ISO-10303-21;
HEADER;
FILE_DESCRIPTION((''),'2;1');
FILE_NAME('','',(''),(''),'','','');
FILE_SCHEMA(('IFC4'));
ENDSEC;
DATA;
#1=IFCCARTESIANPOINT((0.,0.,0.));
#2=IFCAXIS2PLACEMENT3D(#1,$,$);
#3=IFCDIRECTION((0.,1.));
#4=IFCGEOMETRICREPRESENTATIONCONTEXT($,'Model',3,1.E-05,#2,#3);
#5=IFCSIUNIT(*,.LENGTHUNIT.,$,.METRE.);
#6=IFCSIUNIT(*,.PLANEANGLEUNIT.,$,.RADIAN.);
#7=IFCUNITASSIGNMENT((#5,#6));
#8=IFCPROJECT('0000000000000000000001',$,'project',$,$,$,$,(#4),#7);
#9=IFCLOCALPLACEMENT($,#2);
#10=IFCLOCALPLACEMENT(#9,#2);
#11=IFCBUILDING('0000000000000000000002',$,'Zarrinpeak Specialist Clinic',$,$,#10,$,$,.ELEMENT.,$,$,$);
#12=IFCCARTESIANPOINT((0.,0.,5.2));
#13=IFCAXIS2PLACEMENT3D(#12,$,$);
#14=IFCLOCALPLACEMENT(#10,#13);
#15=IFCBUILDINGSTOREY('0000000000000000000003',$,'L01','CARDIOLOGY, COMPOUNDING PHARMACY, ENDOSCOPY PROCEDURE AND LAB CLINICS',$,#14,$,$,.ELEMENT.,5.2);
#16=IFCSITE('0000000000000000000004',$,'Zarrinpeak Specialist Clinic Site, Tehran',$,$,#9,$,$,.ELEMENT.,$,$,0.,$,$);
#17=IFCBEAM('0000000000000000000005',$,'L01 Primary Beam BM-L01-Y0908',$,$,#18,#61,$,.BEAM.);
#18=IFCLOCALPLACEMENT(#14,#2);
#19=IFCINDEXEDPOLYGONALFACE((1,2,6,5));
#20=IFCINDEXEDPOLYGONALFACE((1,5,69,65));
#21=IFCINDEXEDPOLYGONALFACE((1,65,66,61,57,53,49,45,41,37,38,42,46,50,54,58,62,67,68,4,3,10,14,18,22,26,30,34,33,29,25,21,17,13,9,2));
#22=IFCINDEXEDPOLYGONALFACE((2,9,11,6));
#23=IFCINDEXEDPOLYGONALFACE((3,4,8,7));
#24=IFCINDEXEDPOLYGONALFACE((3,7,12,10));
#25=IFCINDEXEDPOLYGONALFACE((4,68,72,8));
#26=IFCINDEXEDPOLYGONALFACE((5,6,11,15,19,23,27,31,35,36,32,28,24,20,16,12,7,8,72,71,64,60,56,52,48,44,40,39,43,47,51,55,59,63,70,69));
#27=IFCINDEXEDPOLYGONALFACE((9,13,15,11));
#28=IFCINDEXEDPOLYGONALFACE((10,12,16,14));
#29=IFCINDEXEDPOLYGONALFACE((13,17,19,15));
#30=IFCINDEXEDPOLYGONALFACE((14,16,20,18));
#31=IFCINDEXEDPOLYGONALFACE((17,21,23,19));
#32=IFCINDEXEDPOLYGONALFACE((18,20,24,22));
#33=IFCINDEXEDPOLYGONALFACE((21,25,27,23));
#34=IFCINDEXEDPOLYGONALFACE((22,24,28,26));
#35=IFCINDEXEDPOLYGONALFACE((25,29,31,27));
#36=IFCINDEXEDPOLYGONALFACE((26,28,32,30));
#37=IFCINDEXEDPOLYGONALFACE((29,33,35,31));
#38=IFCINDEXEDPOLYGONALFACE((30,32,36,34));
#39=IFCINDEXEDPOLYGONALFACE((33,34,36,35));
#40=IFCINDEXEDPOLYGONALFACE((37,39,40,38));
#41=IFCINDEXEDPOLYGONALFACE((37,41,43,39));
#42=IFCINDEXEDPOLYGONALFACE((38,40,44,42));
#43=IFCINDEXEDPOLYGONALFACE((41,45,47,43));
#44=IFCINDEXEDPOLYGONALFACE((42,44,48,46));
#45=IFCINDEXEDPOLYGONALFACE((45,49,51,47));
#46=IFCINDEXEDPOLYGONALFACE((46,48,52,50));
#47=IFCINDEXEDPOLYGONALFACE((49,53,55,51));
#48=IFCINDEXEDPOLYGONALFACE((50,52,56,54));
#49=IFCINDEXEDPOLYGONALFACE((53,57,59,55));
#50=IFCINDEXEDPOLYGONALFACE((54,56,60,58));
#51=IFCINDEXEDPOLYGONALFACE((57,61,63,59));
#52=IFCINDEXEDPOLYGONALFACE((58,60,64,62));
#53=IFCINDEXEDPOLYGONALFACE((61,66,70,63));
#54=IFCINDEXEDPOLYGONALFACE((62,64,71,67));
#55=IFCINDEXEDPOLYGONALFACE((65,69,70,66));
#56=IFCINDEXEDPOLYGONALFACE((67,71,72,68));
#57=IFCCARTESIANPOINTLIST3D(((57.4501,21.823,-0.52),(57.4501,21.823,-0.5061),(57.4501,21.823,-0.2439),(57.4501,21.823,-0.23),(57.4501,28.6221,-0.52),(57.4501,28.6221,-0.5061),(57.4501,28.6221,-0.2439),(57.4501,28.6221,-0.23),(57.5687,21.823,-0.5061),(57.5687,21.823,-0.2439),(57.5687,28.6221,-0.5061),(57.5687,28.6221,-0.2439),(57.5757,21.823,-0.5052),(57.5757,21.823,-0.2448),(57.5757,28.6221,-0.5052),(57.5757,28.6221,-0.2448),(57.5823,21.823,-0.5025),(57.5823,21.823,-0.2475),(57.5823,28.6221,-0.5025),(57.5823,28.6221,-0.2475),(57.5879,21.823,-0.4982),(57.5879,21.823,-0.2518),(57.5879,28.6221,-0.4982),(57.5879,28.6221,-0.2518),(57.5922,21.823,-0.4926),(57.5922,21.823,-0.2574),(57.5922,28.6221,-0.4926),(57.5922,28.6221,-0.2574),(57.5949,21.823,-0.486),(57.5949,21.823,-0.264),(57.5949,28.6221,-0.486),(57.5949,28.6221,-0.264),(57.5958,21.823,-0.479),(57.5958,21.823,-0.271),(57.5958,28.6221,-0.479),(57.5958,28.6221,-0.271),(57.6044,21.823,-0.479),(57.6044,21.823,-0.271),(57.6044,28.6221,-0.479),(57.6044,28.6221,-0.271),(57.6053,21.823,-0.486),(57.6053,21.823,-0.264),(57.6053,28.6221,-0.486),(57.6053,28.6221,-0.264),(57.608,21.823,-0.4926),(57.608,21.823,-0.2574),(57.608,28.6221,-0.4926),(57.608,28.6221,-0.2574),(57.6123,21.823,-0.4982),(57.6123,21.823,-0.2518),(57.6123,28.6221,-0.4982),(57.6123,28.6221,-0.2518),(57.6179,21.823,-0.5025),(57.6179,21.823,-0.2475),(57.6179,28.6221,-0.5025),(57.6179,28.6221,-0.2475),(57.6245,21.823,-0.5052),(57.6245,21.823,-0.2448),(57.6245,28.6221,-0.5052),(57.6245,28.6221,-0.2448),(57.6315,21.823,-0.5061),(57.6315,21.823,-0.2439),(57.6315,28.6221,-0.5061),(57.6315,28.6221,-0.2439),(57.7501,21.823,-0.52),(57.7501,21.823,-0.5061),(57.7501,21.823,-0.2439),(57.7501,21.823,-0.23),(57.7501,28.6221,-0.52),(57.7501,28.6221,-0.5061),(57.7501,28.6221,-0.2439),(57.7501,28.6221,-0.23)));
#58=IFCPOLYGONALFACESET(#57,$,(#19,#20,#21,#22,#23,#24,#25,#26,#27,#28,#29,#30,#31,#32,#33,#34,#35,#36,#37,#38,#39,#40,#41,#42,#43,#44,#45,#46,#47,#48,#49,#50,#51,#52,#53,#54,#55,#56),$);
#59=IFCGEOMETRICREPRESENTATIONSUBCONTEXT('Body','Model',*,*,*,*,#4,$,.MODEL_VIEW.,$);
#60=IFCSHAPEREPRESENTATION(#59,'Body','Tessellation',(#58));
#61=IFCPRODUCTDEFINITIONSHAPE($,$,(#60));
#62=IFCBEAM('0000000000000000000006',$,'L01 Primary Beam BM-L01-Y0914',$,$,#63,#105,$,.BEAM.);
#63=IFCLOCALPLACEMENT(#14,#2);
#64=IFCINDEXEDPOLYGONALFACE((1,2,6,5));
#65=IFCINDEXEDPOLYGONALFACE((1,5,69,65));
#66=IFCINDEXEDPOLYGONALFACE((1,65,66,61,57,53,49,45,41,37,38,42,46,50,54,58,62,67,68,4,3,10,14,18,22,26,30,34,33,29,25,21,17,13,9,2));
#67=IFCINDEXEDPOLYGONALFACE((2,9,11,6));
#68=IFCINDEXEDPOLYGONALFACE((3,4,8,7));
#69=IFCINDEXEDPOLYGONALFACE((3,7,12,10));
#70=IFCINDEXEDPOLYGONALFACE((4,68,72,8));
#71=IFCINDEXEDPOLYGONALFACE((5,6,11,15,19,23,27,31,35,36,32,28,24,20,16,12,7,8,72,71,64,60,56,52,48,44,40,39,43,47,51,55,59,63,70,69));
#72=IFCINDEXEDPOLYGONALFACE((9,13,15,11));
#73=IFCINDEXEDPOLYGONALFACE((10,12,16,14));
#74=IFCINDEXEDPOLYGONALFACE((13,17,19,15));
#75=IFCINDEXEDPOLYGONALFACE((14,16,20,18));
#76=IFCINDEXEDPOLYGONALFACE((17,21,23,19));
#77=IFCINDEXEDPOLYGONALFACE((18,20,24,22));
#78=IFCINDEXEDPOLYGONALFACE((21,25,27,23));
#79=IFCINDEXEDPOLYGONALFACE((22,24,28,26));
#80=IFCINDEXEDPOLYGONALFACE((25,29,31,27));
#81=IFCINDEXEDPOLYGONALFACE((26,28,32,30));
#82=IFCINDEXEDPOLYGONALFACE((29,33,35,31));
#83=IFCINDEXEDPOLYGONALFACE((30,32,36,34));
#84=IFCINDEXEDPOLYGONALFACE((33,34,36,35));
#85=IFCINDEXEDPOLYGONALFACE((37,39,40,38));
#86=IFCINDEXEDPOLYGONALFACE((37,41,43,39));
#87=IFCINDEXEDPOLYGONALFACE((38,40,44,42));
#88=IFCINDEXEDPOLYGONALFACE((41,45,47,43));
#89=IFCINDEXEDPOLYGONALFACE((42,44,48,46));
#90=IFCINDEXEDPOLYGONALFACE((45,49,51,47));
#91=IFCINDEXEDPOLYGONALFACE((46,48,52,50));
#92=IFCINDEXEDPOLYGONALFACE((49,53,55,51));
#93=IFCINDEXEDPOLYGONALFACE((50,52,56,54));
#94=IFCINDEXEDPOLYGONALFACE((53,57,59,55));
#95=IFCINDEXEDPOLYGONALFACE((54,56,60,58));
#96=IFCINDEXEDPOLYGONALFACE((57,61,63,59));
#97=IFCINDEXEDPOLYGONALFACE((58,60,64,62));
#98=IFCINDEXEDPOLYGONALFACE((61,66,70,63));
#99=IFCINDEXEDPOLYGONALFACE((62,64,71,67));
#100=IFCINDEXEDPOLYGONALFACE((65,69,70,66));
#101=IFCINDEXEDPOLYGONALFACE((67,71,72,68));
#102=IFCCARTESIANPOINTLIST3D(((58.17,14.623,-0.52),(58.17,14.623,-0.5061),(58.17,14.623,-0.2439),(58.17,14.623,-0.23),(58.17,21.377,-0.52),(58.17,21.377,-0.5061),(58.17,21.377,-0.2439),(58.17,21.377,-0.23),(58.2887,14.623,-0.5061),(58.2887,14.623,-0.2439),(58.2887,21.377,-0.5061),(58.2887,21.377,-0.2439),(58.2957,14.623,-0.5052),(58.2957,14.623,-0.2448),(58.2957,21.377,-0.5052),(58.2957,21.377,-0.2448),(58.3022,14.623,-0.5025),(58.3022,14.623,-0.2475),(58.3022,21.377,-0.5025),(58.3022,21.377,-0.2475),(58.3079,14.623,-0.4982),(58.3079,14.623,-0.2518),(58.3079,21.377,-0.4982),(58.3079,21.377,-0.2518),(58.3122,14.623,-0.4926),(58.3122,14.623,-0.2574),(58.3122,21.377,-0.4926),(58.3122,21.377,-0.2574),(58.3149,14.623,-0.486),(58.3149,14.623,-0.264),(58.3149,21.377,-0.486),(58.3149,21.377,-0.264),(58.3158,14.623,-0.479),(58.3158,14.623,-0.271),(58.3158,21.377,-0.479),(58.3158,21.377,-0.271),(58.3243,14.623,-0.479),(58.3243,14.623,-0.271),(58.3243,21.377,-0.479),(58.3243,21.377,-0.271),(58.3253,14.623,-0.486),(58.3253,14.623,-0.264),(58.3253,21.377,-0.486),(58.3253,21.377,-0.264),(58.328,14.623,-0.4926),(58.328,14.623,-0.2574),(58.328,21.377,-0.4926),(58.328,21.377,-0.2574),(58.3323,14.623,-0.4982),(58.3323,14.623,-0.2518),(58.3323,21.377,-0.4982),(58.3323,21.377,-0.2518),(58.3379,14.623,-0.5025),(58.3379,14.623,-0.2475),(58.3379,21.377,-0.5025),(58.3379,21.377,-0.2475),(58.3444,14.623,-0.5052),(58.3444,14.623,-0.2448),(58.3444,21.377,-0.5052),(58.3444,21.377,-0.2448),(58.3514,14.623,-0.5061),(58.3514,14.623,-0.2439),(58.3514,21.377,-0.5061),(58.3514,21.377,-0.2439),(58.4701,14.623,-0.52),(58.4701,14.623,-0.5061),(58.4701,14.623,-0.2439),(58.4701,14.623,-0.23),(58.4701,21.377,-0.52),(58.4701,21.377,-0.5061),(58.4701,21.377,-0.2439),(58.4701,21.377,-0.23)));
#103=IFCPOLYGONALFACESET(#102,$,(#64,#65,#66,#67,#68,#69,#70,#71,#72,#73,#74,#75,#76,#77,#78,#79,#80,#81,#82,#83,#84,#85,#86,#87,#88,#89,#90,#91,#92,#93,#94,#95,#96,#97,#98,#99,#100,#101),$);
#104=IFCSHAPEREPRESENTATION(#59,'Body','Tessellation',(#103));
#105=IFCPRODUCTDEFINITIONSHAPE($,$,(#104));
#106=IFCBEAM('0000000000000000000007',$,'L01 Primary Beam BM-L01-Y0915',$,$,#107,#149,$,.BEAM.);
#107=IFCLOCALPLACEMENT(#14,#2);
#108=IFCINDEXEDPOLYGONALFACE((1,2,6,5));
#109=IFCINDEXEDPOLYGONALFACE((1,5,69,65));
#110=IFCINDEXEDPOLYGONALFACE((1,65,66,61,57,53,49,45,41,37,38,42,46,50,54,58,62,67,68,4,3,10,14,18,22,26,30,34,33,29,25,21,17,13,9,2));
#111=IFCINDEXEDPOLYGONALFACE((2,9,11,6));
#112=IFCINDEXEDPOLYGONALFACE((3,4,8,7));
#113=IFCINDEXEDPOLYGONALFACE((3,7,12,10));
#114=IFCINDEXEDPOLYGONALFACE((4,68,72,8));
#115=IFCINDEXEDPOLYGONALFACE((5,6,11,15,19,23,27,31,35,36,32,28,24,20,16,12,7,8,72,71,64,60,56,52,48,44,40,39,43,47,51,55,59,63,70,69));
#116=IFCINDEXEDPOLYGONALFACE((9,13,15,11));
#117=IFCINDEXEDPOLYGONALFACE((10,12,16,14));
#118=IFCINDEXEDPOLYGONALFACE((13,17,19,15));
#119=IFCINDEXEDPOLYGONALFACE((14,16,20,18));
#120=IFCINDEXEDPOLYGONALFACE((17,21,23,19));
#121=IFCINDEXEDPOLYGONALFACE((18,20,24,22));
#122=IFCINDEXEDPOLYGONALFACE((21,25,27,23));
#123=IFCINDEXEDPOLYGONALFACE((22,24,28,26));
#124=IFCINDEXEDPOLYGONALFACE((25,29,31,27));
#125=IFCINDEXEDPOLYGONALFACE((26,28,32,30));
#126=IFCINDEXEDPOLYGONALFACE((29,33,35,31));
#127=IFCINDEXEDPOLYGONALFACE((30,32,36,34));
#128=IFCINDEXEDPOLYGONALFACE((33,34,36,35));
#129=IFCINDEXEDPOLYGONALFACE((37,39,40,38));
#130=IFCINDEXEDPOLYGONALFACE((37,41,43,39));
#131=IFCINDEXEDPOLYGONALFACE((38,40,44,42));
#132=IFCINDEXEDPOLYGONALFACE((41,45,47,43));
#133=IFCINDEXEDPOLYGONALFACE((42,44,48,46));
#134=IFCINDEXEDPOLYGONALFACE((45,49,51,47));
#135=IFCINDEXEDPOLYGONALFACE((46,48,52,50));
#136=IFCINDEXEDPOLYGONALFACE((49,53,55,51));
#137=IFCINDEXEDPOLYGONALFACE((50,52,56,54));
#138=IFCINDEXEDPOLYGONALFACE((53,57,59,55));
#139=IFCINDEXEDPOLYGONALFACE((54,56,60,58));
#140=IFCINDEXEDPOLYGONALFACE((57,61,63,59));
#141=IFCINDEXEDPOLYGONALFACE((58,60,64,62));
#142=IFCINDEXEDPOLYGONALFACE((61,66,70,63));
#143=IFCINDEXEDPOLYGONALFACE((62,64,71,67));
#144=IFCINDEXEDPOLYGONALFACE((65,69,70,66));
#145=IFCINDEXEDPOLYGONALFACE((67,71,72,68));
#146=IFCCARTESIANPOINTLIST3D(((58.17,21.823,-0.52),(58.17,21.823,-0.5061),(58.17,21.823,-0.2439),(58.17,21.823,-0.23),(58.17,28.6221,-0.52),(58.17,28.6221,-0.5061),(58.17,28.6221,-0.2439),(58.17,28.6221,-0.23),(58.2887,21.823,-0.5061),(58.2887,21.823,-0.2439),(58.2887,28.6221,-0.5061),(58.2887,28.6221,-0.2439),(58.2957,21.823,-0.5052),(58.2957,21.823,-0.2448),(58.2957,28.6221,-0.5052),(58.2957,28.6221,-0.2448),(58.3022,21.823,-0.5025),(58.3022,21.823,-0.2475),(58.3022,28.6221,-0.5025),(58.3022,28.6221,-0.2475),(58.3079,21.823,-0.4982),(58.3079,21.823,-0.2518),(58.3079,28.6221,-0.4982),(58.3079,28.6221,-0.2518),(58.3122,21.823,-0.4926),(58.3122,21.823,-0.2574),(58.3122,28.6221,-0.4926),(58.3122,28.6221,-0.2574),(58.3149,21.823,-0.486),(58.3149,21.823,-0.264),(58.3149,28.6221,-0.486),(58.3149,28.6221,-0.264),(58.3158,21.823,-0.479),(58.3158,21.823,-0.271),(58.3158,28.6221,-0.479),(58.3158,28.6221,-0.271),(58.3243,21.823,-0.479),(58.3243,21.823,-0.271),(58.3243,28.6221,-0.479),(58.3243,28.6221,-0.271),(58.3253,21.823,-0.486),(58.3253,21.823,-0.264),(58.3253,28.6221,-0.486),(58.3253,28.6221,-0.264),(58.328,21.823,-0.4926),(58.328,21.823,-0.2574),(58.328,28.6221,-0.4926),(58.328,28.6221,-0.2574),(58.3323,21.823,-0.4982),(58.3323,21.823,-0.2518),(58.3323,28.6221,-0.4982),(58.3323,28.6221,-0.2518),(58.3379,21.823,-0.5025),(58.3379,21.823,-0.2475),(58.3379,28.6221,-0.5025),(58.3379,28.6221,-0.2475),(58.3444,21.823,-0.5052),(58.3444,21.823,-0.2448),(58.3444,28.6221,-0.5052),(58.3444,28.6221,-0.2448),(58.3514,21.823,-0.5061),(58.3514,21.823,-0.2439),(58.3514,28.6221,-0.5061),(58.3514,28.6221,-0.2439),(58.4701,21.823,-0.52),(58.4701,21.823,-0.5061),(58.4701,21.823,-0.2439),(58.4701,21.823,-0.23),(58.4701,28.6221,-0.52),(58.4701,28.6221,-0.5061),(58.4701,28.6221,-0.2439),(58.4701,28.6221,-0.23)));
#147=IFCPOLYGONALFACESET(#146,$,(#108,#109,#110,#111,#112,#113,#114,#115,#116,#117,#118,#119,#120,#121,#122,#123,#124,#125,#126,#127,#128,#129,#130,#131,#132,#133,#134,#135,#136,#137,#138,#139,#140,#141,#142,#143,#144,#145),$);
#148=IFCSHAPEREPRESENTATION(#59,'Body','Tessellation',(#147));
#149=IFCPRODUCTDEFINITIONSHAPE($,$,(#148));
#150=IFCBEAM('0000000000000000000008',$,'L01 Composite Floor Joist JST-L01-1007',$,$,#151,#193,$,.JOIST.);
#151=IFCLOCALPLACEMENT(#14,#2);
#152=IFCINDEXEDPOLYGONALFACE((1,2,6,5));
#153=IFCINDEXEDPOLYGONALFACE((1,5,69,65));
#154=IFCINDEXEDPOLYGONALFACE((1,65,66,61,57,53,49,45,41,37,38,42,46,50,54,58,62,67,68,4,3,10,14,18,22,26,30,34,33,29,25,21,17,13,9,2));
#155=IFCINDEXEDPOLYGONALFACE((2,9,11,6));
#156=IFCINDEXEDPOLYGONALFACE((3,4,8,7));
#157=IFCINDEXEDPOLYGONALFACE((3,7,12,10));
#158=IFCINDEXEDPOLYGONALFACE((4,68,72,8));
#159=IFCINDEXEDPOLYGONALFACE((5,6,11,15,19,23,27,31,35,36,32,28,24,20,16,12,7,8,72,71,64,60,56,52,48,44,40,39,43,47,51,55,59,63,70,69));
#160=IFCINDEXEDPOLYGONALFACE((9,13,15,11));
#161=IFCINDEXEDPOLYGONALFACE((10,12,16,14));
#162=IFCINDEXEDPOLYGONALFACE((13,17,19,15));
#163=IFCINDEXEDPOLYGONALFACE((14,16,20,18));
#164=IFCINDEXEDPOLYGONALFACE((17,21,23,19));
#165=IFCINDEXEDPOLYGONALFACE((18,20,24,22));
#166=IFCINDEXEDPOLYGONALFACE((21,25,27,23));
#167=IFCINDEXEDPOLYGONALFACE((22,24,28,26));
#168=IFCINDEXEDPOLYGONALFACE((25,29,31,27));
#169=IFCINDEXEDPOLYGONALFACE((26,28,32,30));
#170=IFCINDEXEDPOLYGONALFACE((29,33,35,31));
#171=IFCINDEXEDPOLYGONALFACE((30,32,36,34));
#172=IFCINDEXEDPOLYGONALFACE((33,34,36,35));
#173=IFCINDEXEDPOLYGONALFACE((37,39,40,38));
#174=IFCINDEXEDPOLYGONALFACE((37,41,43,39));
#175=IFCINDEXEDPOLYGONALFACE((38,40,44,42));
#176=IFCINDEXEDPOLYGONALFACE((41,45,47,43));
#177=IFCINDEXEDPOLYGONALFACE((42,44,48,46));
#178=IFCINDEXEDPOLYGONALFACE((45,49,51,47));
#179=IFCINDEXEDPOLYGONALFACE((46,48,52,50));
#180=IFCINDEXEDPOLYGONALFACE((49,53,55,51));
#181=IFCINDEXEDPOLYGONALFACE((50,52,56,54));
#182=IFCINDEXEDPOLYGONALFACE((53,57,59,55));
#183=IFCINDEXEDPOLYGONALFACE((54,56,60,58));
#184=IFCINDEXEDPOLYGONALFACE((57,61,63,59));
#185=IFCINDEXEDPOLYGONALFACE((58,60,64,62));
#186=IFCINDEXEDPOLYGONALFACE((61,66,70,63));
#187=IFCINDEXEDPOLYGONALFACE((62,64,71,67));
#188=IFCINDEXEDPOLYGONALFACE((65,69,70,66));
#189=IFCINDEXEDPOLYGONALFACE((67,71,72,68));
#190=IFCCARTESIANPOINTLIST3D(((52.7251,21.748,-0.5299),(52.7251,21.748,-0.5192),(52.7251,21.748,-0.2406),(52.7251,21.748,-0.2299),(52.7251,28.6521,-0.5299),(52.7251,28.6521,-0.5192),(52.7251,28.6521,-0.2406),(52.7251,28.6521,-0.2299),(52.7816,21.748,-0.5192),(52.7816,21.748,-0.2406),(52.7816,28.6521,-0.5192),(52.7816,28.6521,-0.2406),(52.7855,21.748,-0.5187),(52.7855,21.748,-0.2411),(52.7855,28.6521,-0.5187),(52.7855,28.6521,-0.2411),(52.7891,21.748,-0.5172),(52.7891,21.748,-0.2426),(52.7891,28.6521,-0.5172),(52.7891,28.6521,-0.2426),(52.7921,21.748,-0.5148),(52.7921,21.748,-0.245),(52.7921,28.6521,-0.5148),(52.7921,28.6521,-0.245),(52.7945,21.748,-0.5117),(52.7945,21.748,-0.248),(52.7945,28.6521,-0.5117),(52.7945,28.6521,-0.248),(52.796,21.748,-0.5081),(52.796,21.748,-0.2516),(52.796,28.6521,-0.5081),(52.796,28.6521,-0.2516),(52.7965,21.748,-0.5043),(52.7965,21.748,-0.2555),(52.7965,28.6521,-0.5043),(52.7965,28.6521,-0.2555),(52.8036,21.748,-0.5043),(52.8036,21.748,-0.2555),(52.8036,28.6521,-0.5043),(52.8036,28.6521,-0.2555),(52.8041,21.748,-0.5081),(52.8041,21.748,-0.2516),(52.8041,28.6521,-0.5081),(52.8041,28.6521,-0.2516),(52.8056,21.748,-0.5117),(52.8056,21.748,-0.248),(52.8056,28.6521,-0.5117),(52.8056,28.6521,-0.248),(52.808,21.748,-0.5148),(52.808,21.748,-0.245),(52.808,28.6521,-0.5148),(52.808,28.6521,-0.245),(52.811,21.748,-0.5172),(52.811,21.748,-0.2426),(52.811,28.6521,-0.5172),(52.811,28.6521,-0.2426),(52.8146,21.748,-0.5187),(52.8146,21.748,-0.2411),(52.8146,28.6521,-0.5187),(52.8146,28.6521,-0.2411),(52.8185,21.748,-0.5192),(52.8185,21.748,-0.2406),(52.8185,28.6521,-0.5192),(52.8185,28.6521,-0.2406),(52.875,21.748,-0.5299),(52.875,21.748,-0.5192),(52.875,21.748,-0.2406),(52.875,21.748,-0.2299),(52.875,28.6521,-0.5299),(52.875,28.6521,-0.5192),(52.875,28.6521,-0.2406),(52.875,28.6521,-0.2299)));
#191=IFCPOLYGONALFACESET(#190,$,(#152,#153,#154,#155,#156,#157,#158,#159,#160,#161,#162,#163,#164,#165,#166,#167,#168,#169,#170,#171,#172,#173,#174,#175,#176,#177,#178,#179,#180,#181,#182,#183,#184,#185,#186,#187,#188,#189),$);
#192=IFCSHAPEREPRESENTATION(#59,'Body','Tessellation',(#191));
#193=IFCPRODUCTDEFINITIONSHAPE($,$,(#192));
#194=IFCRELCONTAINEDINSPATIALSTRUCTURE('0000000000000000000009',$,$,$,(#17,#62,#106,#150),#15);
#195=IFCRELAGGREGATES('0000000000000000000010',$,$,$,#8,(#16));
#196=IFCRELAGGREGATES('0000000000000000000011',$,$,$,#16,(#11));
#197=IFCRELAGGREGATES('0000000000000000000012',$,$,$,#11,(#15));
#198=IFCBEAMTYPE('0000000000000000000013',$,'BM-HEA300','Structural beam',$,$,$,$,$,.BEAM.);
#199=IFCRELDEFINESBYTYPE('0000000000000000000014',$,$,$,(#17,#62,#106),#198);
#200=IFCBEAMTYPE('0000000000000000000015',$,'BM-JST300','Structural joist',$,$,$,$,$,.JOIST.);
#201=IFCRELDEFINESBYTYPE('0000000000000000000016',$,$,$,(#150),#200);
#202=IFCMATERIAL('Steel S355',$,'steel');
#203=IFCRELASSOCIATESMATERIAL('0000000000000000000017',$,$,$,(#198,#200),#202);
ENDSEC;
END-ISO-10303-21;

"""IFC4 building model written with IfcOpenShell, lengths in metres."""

from ifc_helpers import new_model, si_unit, direction, frame, origin, origin_2d, place, context, subcontext, project, spatial, i_section, extrude, material, material_profile, profile_set, type_object, element, save


model = new_model("IFC4")

# Units and contexts
model_context = context("Model", 3, precision=1e-05, world=origin(), true_north=direction((0.0, 1.0)))
body_context = subcontext(model_context, "Body", "Model", "MODEL_VIEW")
ifc_project = project(units=[si_unit("LENGTHUNIT", "METRE"), si_unit("PLANEANGLEUNIT", "RADIAN")], contexts=[model_context])

# Site, building, storey
site_placement = place(None, origin())
site = spatial("IfcSite", under=ifc_project, at=site_placement, Name="Zarrinpeak Specialist Clinic Site, Tehran", CompositionType="ELEMENT", RefElevation=0.0)
building_placement = place(site_placement, origin())
building = spatial("IfcBuilding", under=site, at=building_placement, Name="Zarrinpeak Specialist Clinic", CompositionType="ELEMENT")
storey_placement = place(building_placement, frame((0.0, 0.0, 5.2)))
storey = spatial("IfcBuildingStorey", under=building, at=storey_placement, Name="L01", Description="CARDIOLOGY, COMPOUNDING PHARMACY, ENDOSCOPY PROCEDURE AND LAB CLINICS", CompositionType="ELEMENT", Elevation=5.2)

# Shared definitions
ifc_material_1 = material(Name="Steel S355", Category="steel")

# Beams
ifc_material_profile_1 = material_profile(ifc_material_1, i_section(OverallWidth=0.3, OverallDepth=0.29, WebThickness=0.0085, FlangeThickness=0.0139, FilletRadius=0.0271, at=origin_2d()), Name="HEA 300")
ifc_profile_set_1 = profile_set([ifc_material_profile_1], Name="Steel S355")
beam_type_1 = type_object("IfcBeamType", Name="BM-HEA300", Description="Structural beam", PredefinedType="BEAM", material=ifc_profile_set_1)
beam_1_placement = place(storey_placement, frame((57.6001, 21.823, -0.375), z_axis=(0.0, 1.0, 0.0), x_axis=(-1.0, 0.0, 0.0)))
element("IfcBeam", 1, at=beam_1_placement, inside=storey, type_object=beam_type_1, Name="L01 Primary Beam BM-L01-Y0908", PredefinedType="BEAM", context=body_context, shape_type="SweptSolid", body=[
    extrude(i_section(OverallWidth=0.3, OverallDepth=0.29, WebThickness=0.0085, FlangeThickness=0.0139, FilletRadius=0.0271, at=origin_2d()), origin(), (0.0, 0.0, 1.0), 6.7991),
])
beam_2_placement = place(storey_placement, frame((58.3201, 14.623, -0.375), z_axis=(0.0, 1.0, 0.0), x_axis=(-1.0, 0.0, 0.0)))
element("IfcBeam", 2, at=beam_2_placement, inside=storey, type_object=beam_type_1, Name="L01 Primary Beam BM-L01-Y0914", PredefinedType="BEAM", context=body_context, shape_type="SweptSolid", body=[
    extrude(i_section(OverallWidth=0.3, OverallDepth=0.29, WebThickness=0.0085, FlangeThickness=0.0139, FilletRadius=0.0271, at=origin_2d()), origin(), (0.0, 0.0, 1.0), 6.7539),
])
beam_3_placement = place(storey_placement, frame((58.3201, 21.823, -0.375), z_axis=(0.0, 1.0, 0.0), x_axis=(-1.0, 0.0, 0.0)))
element("IfcBeam", 3, at=beam_3_placement, inside=storey, type_object=beam_type_1, Name="L01 Primary Beam BM-L01-Y0915", PredefinedType="BEAM", context=body_context, shape_type="SweptSolid", body=[
    extrude(i_section(OverallWidth=0.3, OverallDepth=0.29, WebThickness=0.0085, FlangeThickness=0.0139, FilletRadius=0.0271, at=origin_2d()), origin(), (0.0, 0.0, 1.0), 6.7991),
])
ifc_material_profile_2 = material_profile(ifc_material_1, i_section(OverallWidth=0.1499, OverallDepth=0.3, WebThickness=0.0071, FlangeThickness=0.0107, FilletRadius=0.0149, at=origin_2d()), Name="IPE 300")
ifc_profile_set_2 = profile_set([ifc_material_profile_2], Name="Steel S355")
beam_type_2 = type_object("IfcBeamType", Name="BM-JST300", Description="Structural joist", PredefinedType="JOIST", material=ifc_profile_set_2)
for number, where, z_axis, x_axis, name in (
    (4, (52.8, 21.748, -0.3799), (0.0, 1.0, 0.0), (-1.0, 0.0, 0.0), "L01 Composite Floor Joist JST-L01-1007"),
):
    element("IfcBeam", number, at=place(storey_placement, frame(where, z_axis=z_axis, x_axis=x_axis)), inside=storey, type_object=beam_type_2, Name=name, PredefinedType="JOIST", context=body_context, shape_type="SweptSolid", body=[
        extrude(i_section(OverallWidth=0.1499, OverallDepth=0.3, WebThickness=0.0071, FlangeThickness=0.0107, FilletRadius=0.0149, at=origin_2d()), origin(), (0.0, 0.0, 1.0), 6.9041),
    ])

save(model, "model.ifc")
